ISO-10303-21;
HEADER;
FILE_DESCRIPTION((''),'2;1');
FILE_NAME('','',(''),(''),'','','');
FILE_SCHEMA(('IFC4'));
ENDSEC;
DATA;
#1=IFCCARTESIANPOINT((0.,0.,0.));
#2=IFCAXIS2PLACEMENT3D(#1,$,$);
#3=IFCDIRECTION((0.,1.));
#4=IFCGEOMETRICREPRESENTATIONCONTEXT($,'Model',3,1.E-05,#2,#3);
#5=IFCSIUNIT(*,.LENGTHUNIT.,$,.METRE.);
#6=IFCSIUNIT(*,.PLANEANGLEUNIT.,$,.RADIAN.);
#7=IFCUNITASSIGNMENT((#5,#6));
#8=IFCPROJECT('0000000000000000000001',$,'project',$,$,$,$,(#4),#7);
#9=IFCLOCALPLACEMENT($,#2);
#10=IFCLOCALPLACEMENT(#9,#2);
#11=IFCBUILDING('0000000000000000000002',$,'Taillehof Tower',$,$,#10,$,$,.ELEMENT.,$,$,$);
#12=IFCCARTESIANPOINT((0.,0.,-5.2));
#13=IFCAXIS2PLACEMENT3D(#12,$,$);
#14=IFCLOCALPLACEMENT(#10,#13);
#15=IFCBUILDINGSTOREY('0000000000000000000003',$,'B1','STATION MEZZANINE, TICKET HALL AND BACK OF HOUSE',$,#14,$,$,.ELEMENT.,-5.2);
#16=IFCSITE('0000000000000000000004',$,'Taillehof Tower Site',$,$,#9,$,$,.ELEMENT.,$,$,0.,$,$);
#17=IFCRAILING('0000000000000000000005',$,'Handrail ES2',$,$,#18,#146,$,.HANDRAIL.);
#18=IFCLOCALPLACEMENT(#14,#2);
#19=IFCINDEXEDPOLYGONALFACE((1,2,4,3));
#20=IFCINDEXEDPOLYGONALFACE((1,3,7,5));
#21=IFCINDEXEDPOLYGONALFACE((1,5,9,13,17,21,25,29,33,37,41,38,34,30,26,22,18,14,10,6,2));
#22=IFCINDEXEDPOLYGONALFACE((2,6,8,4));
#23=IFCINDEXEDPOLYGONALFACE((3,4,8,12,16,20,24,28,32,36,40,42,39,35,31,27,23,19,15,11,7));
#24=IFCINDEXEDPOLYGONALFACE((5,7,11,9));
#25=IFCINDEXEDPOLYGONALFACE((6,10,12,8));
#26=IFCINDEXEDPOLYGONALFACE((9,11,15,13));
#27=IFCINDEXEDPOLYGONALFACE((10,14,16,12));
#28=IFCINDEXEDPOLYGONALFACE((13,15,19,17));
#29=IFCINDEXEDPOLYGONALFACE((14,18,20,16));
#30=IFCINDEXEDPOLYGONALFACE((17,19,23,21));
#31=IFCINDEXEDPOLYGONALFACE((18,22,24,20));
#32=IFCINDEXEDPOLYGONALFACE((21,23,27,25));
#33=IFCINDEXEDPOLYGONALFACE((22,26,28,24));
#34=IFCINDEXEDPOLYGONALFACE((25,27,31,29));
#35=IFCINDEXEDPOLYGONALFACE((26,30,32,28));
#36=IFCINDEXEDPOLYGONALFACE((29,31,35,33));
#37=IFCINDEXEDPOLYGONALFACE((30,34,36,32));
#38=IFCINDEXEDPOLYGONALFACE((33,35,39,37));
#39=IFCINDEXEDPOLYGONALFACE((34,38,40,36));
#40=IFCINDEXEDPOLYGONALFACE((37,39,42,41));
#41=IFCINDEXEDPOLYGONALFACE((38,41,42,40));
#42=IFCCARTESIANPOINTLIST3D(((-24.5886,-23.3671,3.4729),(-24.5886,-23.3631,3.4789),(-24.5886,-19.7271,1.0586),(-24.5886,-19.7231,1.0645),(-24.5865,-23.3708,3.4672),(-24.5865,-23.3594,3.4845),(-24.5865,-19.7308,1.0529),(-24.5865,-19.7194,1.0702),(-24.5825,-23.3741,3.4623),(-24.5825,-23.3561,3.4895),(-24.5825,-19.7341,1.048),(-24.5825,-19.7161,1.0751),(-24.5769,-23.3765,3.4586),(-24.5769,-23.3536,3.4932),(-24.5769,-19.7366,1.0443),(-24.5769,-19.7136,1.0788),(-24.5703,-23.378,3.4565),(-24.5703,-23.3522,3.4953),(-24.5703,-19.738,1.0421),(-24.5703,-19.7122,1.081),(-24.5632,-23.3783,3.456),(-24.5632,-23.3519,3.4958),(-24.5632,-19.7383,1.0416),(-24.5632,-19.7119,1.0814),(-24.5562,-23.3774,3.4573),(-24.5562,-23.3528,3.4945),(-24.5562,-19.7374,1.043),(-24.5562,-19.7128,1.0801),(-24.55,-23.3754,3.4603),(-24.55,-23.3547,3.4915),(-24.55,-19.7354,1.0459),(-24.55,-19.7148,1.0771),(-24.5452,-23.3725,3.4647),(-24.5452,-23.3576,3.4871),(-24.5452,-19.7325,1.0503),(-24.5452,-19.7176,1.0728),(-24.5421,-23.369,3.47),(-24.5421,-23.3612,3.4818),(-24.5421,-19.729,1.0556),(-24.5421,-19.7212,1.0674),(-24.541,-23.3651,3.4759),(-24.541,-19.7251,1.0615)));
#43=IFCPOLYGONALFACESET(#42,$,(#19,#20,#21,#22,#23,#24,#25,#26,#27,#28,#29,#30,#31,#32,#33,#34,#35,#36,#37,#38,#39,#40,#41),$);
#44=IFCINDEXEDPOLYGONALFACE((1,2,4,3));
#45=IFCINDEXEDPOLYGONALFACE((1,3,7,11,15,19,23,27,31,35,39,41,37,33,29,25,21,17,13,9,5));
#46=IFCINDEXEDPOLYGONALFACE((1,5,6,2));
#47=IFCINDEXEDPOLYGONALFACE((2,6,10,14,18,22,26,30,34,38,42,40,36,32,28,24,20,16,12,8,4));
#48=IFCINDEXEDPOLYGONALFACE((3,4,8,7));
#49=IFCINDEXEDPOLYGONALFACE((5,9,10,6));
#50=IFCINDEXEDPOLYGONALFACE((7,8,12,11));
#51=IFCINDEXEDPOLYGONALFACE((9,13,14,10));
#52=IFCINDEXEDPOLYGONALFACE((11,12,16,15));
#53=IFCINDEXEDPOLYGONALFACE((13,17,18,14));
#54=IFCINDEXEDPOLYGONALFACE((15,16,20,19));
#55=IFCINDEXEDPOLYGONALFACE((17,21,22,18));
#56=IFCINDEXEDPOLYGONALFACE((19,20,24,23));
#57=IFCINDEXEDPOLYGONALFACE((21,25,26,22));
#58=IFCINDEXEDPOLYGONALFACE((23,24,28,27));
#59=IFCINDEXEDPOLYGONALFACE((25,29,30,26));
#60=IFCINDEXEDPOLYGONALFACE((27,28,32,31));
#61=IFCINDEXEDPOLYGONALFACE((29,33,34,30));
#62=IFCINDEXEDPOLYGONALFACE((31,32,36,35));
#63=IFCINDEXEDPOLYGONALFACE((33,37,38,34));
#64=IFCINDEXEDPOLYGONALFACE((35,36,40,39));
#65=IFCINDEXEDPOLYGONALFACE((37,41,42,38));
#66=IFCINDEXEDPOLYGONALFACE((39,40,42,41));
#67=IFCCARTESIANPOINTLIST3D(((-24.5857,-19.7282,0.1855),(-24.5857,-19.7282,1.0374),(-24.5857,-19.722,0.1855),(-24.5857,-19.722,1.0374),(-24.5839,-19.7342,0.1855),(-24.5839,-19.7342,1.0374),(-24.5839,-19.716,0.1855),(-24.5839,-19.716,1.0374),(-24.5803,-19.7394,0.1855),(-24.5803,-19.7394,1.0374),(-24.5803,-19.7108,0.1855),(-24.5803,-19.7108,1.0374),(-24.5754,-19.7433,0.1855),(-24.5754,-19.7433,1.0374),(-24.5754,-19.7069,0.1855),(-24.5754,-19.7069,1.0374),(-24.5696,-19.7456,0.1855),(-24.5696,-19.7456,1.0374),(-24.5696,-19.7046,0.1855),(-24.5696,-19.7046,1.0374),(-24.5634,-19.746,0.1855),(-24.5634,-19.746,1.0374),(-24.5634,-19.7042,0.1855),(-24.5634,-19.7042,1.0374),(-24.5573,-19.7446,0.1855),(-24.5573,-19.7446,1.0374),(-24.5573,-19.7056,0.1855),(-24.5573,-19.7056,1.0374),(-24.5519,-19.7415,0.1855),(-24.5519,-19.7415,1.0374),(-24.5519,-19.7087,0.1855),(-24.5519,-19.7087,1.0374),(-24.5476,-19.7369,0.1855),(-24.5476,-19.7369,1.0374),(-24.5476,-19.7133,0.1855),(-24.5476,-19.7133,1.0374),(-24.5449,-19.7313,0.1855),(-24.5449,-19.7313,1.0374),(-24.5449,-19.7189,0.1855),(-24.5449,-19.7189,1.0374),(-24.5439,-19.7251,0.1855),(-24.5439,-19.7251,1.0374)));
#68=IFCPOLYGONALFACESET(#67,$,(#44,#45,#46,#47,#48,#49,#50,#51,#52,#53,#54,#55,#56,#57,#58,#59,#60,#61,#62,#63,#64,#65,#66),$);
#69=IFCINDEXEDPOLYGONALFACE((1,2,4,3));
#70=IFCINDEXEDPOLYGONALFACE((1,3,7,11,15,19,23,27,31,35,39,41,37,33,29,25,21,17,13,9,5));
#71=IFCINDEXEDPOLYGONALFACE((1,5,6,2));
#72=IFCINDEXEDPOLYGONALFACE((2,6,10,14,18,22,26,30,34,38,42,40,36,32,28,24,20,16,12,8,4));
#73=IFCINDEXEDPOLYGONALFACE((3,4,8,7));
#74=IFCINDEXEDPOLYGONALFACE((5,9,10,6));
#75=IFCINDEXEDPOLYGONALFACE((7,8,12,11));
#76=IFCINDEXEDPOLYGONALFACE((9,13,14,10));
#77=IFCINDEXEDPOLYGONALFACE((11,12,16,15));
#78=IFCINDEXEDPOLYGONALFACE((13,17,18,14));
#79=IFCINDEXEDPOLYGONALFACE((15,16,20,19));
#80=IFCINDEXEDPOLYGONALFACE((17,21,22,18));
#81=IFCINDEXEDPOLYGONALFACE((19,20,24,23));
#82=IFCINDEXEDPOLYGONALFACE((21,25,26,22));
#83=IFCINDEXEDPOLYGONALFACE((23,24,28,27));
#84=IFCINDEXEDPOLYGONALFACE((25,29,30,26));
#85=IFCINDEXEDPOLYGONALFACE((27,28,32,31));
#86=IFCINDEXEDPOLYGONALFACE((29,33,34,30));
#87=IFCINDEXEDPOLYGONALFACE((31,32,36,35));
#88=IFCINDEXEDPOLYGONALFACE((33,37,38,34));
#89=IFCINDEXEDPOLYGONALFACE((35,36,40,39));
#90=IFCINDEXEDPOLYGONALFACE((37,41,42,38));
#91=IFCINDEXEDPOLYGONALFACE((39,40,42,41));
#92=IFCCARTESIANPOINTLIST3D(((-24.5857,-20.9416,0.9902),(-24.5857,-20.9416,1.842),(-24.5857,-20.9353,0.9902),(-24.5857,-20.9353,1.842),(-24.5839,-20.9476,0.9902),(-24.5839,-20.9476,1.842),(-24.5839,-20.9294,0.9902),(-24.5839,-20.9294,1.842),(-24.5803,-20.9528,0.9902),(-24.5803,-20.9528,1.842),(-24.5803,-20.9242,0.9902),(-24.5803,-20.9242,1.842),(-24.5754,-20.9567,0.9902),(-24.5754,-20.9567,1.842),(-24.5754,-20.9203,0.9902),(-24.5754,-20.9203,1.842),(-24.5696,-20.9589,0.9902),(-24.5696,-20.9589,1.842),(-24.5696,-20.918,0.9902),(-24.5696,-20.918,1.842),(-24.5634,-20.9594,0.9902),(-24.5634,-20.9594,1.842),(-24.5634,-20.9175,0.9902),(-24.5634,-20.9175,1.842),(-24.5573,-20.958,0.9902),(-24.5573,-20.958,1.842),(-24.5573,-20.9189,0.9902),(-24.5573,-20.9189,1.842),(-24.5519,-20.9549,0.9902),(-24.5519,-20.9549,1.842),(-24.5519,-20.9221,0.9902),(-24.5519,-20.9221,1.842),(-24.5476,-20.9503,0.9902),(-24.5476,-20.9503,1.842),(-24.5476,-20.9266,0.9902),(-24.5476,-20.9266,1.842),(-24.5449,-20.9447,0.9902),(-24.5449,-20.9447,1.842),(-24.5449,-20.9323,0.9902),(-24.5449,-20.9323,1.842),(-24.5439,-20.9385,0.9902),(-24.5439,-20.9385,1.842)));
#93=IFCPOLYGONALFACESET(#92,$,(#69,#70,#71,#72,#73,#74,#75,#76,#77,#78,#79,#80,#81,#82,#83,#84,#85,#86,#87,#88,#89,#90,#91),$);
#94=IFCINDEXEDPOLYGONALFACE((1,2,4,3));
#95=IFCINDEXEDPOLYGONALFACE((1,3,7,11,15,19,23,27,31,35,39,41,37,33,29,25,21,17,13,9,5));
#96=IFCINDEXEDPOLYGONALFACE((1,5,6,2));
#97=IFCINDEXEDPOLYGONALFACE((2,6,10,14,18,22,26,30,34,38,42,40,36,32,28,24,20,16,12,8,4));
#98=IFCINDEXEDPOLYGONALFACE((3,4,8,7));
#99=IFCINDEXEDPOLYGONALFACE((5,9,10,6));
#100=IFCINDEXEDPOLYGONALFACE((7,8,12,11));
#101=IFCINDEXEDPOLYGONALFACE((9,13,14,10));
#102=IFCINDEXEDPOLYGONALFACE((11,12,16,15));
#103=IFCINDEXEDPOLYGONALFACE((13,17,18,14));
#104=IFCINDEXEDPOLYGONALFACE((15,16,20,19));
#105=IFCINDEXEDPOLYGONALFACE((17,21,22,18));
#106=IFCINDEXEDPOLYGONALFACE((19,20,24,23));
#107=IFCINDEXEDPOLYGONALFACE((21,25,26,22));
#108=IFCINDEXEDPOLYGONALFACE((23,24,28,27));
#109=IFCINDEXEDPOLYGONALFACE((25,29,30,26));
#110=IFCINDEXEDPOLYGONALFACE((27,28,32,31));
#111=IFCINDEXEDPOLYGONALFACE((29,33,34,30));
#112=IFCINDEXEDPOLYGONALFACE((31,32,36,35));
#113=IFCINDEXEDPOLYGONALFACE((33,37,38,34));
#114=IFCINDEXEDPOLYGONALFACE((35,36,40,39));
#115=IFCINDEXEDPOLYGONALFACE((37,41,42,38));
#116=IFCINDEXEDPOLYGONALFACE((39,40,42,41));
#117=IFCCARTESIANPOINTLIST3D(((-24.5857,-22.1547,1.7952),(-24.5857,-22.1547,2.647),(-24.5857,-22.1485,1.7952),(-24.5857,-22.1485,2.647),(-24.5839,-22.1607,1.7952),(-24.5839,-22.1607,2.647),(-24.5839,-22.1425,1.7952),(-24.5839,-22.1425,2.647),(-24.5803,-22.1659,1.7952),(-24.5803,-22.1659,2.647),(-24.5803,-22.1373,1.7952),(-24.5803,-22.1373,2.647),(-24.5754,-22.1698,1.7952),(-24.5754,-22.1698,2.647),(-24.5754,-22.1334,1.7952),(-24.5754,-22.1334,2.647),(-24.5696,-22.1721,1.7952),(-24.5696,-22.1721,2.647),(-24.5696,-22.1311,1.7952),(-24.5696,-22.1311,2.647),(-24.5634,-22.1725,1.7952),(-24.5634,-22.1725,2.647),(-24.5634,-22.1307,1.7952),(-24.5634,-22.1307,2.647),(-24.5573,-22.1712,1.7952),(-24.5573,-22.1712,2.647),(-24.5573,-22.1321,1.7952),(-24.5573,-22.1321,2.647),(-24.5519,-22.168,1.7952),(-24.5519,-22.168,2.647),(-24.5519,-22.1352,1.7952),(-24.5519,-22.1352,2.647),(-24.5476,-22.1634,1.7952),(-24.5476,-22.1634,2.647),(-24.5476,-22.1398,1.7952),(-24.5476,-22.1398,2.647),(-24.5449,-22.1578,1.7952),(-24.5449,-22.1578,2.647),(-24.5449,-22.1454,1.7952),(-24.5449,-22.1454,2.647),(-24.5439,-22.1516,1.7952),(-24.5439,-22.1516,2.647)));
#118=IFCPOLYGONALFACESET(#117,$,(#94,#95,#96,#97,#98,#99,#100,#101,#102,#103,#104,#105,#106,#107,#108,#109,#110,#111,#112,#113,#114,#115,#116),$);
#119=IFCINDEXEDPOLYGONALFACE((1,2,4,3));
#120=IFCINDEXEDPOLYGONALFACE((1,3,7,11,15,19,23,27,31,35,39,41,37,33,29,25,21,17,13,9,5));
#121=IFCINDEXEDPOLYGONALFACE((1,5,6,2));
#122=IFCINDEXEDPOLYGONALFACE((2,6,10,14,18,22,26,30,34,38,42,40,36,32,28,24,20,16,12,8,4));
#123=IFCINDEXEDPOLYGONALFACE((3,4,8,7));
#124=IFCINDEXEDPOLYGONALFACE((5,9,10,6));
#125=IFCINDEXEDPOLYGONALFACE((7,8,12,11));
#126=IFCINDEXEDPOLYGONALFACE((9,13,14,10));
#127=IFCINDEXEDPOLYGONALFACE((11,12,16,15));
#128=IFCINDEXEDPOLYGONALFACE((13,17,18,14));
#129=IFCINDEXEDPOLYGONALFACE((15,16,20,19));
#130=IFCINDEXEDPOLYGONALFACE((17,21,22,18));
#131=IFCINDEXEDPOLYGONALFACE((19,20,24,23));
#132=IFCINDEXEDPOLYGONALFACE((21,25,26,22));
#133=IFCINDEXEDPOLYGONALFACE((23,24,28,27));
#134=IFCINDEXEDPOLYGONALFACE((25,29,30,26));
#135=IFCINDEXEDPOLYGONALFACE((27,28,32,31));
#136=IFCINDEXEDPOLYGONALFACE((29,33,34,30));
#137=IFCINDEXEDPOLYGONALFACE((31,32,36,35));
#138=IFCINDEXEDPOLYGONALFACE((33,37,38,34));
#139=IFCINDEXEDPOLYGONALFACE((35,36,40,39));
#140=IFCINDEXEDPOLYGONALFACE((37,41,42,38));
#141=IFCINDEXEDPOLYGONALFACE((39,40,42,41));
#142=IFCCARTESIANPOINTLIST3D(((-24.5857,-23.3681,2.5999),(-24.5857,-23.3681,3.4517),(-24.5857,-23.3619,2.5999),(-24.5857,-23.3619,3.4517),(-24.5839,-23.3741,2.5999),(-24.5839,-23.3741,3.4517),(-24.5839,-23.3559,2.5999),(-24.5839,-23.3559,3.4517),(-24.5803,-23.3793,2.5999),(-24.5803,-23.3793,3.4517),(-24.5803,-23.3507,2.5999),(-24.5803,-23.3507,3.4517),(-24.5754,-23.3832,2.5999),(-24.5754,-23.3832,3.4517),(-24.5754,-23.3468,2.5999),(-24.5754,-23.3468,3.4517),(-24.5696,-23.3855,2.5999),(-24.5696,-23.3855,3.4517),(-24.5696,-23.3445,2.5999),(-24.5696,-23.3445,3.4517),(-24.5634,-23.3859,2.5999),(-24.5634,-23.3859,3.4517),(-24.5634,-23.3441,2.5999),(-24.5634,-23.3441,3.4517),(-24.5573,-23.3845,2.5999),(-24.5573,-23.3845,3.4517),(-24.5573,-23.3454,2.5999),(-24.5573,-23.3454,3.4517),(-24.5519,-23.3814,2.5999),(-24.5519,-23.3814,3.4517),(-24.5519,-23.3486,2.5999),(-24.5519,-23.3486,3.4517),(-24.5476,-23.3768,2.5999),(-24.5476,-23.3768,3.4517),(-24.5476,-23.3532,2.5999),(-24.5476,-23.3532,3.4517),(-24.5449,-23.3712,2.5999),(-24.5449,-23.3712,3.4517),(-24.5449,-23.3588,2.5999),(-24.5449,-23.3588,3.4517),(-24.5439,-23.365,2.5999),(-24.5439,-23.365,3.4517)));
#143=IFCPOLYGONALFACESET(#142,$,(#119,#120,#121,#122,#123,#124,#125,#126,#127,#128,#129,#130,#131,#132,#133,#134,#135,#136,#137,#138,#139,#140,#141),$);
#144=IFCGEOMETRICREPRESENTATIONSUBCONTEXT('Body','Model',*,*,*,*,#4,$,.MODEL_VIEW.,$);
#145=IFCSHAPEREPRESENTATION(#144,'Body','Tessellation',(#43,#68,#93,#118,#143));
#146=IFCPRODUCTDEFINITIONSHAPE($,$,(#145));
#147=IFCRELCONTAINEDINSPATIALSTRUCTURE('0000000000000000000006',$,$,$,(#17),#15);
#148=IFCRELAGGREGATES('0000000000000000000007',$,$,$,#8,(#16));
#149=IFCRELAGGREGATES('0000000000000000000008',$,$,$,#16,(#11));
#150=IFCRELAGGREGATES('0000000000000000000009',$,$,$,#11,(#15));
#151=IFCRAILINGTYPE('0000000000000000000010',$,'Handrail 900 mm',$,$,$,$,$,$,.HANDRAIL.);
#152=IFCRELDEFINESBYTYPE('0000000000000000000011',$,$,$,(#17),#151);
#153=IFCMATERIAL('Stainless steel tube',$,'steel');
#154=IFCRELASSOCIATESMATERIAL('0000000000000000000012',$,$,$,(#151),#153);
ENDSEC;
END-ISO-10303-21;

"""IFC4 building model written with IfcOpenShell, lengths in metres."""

from ifc_helpers import new_model, si_unit, direction, frame, origin, origin_2d, place, context, subcontext, project, spatial, circle, extrude, material, type_object, element, save


model = new_model("IFC4")

# Units and contexts
model_context = context("Model", 3, precision=1e-05, world=origin(), true_north=direction((0.0, 1.0)))
body_context = subcontext(model_context, "Body", "Model", "MODEL_VIEW")
ifc_project = project(units=[si_unit("LENGTHUNIT", "METRE"), si_unit("PLANEANGLEUNIT", "RADIAN")], contexts=[model_context])

# Site, building, storey
site_placement = place(None, origin())
site = spatial("IfcSite", under=ifc_project, at=site_placement, Name="Taillehof Tower Site", CompositionType="ELEMENT", RefElevation=0.0)
building_placement = place(site_placement, origin())
building = spatial("IfcBuilding", under=site, at=building_placement, Name="Taillehof Tower", CompositionType="ELEMENT")
storey_placement = place(building_placement, frame((0.0, 0.0, -5.2)))
storey = spatial("IfcBuildingStorey", under=building, at=storey_placement, Name="B1", Description="STATION MEZZANINE, TICKET HALL AND BACK OF HOUSE", CompositionType="ELEMENT", Elevation=-5.2)

# Railing
ifc_material_1 = material(Name="Stainless steel tube", Category="steel")
railing_type_1 = type_object("IfcRailingType", Name="Handrail 900 mm", PredefinedType="HANDRAIL", material=ifc_material_1)
for number, where, name in (
    (1, (-24.5649, -19.7251, 0.1855), "Handrail ES2"),
):
    element("IfcRailing", number, at=place(storey_placement, frame(where)), inside=storey, type_object=railing_type_1, Name=name, PredefinedType="HANDRAIL", context=body_context, shape_type="SweptSolid", body=[
        extrude(circle(Radius=0.0239, at=origin_2d()), frame((0.0, 0.0, 0.876), z_axis=(0.0, -0.833347, 0.552751), x_axis=(1.0, 0.0, 0.0)), (0.0, 0.0, 1.0), 4.3679),
        extrude(circle(Radius=0.021, at=origin_2d()), origin(), (0.0, 0.0, 1.0), 0.8518),
        extrude(circle(Radius=0.021, at=origin_2d()), frame((0.0, -1.2134, 0.8047)), (0.0, 0.0, 1.0), 0.8518),
        extrude(circle(Radius=0.021, at=origin_2d()), frame((0.0, -2.4265, 1.6096)), (0.0, 0.0, 1.0), 0.8518),
        extrude(circle(Radius=0.021, at=origin_2d()), frame((0.0, -3.6399, 2.4143)), (0.0, 0.0, 1.0), 0.8518),
    ])

save(model, "model.ifc")
